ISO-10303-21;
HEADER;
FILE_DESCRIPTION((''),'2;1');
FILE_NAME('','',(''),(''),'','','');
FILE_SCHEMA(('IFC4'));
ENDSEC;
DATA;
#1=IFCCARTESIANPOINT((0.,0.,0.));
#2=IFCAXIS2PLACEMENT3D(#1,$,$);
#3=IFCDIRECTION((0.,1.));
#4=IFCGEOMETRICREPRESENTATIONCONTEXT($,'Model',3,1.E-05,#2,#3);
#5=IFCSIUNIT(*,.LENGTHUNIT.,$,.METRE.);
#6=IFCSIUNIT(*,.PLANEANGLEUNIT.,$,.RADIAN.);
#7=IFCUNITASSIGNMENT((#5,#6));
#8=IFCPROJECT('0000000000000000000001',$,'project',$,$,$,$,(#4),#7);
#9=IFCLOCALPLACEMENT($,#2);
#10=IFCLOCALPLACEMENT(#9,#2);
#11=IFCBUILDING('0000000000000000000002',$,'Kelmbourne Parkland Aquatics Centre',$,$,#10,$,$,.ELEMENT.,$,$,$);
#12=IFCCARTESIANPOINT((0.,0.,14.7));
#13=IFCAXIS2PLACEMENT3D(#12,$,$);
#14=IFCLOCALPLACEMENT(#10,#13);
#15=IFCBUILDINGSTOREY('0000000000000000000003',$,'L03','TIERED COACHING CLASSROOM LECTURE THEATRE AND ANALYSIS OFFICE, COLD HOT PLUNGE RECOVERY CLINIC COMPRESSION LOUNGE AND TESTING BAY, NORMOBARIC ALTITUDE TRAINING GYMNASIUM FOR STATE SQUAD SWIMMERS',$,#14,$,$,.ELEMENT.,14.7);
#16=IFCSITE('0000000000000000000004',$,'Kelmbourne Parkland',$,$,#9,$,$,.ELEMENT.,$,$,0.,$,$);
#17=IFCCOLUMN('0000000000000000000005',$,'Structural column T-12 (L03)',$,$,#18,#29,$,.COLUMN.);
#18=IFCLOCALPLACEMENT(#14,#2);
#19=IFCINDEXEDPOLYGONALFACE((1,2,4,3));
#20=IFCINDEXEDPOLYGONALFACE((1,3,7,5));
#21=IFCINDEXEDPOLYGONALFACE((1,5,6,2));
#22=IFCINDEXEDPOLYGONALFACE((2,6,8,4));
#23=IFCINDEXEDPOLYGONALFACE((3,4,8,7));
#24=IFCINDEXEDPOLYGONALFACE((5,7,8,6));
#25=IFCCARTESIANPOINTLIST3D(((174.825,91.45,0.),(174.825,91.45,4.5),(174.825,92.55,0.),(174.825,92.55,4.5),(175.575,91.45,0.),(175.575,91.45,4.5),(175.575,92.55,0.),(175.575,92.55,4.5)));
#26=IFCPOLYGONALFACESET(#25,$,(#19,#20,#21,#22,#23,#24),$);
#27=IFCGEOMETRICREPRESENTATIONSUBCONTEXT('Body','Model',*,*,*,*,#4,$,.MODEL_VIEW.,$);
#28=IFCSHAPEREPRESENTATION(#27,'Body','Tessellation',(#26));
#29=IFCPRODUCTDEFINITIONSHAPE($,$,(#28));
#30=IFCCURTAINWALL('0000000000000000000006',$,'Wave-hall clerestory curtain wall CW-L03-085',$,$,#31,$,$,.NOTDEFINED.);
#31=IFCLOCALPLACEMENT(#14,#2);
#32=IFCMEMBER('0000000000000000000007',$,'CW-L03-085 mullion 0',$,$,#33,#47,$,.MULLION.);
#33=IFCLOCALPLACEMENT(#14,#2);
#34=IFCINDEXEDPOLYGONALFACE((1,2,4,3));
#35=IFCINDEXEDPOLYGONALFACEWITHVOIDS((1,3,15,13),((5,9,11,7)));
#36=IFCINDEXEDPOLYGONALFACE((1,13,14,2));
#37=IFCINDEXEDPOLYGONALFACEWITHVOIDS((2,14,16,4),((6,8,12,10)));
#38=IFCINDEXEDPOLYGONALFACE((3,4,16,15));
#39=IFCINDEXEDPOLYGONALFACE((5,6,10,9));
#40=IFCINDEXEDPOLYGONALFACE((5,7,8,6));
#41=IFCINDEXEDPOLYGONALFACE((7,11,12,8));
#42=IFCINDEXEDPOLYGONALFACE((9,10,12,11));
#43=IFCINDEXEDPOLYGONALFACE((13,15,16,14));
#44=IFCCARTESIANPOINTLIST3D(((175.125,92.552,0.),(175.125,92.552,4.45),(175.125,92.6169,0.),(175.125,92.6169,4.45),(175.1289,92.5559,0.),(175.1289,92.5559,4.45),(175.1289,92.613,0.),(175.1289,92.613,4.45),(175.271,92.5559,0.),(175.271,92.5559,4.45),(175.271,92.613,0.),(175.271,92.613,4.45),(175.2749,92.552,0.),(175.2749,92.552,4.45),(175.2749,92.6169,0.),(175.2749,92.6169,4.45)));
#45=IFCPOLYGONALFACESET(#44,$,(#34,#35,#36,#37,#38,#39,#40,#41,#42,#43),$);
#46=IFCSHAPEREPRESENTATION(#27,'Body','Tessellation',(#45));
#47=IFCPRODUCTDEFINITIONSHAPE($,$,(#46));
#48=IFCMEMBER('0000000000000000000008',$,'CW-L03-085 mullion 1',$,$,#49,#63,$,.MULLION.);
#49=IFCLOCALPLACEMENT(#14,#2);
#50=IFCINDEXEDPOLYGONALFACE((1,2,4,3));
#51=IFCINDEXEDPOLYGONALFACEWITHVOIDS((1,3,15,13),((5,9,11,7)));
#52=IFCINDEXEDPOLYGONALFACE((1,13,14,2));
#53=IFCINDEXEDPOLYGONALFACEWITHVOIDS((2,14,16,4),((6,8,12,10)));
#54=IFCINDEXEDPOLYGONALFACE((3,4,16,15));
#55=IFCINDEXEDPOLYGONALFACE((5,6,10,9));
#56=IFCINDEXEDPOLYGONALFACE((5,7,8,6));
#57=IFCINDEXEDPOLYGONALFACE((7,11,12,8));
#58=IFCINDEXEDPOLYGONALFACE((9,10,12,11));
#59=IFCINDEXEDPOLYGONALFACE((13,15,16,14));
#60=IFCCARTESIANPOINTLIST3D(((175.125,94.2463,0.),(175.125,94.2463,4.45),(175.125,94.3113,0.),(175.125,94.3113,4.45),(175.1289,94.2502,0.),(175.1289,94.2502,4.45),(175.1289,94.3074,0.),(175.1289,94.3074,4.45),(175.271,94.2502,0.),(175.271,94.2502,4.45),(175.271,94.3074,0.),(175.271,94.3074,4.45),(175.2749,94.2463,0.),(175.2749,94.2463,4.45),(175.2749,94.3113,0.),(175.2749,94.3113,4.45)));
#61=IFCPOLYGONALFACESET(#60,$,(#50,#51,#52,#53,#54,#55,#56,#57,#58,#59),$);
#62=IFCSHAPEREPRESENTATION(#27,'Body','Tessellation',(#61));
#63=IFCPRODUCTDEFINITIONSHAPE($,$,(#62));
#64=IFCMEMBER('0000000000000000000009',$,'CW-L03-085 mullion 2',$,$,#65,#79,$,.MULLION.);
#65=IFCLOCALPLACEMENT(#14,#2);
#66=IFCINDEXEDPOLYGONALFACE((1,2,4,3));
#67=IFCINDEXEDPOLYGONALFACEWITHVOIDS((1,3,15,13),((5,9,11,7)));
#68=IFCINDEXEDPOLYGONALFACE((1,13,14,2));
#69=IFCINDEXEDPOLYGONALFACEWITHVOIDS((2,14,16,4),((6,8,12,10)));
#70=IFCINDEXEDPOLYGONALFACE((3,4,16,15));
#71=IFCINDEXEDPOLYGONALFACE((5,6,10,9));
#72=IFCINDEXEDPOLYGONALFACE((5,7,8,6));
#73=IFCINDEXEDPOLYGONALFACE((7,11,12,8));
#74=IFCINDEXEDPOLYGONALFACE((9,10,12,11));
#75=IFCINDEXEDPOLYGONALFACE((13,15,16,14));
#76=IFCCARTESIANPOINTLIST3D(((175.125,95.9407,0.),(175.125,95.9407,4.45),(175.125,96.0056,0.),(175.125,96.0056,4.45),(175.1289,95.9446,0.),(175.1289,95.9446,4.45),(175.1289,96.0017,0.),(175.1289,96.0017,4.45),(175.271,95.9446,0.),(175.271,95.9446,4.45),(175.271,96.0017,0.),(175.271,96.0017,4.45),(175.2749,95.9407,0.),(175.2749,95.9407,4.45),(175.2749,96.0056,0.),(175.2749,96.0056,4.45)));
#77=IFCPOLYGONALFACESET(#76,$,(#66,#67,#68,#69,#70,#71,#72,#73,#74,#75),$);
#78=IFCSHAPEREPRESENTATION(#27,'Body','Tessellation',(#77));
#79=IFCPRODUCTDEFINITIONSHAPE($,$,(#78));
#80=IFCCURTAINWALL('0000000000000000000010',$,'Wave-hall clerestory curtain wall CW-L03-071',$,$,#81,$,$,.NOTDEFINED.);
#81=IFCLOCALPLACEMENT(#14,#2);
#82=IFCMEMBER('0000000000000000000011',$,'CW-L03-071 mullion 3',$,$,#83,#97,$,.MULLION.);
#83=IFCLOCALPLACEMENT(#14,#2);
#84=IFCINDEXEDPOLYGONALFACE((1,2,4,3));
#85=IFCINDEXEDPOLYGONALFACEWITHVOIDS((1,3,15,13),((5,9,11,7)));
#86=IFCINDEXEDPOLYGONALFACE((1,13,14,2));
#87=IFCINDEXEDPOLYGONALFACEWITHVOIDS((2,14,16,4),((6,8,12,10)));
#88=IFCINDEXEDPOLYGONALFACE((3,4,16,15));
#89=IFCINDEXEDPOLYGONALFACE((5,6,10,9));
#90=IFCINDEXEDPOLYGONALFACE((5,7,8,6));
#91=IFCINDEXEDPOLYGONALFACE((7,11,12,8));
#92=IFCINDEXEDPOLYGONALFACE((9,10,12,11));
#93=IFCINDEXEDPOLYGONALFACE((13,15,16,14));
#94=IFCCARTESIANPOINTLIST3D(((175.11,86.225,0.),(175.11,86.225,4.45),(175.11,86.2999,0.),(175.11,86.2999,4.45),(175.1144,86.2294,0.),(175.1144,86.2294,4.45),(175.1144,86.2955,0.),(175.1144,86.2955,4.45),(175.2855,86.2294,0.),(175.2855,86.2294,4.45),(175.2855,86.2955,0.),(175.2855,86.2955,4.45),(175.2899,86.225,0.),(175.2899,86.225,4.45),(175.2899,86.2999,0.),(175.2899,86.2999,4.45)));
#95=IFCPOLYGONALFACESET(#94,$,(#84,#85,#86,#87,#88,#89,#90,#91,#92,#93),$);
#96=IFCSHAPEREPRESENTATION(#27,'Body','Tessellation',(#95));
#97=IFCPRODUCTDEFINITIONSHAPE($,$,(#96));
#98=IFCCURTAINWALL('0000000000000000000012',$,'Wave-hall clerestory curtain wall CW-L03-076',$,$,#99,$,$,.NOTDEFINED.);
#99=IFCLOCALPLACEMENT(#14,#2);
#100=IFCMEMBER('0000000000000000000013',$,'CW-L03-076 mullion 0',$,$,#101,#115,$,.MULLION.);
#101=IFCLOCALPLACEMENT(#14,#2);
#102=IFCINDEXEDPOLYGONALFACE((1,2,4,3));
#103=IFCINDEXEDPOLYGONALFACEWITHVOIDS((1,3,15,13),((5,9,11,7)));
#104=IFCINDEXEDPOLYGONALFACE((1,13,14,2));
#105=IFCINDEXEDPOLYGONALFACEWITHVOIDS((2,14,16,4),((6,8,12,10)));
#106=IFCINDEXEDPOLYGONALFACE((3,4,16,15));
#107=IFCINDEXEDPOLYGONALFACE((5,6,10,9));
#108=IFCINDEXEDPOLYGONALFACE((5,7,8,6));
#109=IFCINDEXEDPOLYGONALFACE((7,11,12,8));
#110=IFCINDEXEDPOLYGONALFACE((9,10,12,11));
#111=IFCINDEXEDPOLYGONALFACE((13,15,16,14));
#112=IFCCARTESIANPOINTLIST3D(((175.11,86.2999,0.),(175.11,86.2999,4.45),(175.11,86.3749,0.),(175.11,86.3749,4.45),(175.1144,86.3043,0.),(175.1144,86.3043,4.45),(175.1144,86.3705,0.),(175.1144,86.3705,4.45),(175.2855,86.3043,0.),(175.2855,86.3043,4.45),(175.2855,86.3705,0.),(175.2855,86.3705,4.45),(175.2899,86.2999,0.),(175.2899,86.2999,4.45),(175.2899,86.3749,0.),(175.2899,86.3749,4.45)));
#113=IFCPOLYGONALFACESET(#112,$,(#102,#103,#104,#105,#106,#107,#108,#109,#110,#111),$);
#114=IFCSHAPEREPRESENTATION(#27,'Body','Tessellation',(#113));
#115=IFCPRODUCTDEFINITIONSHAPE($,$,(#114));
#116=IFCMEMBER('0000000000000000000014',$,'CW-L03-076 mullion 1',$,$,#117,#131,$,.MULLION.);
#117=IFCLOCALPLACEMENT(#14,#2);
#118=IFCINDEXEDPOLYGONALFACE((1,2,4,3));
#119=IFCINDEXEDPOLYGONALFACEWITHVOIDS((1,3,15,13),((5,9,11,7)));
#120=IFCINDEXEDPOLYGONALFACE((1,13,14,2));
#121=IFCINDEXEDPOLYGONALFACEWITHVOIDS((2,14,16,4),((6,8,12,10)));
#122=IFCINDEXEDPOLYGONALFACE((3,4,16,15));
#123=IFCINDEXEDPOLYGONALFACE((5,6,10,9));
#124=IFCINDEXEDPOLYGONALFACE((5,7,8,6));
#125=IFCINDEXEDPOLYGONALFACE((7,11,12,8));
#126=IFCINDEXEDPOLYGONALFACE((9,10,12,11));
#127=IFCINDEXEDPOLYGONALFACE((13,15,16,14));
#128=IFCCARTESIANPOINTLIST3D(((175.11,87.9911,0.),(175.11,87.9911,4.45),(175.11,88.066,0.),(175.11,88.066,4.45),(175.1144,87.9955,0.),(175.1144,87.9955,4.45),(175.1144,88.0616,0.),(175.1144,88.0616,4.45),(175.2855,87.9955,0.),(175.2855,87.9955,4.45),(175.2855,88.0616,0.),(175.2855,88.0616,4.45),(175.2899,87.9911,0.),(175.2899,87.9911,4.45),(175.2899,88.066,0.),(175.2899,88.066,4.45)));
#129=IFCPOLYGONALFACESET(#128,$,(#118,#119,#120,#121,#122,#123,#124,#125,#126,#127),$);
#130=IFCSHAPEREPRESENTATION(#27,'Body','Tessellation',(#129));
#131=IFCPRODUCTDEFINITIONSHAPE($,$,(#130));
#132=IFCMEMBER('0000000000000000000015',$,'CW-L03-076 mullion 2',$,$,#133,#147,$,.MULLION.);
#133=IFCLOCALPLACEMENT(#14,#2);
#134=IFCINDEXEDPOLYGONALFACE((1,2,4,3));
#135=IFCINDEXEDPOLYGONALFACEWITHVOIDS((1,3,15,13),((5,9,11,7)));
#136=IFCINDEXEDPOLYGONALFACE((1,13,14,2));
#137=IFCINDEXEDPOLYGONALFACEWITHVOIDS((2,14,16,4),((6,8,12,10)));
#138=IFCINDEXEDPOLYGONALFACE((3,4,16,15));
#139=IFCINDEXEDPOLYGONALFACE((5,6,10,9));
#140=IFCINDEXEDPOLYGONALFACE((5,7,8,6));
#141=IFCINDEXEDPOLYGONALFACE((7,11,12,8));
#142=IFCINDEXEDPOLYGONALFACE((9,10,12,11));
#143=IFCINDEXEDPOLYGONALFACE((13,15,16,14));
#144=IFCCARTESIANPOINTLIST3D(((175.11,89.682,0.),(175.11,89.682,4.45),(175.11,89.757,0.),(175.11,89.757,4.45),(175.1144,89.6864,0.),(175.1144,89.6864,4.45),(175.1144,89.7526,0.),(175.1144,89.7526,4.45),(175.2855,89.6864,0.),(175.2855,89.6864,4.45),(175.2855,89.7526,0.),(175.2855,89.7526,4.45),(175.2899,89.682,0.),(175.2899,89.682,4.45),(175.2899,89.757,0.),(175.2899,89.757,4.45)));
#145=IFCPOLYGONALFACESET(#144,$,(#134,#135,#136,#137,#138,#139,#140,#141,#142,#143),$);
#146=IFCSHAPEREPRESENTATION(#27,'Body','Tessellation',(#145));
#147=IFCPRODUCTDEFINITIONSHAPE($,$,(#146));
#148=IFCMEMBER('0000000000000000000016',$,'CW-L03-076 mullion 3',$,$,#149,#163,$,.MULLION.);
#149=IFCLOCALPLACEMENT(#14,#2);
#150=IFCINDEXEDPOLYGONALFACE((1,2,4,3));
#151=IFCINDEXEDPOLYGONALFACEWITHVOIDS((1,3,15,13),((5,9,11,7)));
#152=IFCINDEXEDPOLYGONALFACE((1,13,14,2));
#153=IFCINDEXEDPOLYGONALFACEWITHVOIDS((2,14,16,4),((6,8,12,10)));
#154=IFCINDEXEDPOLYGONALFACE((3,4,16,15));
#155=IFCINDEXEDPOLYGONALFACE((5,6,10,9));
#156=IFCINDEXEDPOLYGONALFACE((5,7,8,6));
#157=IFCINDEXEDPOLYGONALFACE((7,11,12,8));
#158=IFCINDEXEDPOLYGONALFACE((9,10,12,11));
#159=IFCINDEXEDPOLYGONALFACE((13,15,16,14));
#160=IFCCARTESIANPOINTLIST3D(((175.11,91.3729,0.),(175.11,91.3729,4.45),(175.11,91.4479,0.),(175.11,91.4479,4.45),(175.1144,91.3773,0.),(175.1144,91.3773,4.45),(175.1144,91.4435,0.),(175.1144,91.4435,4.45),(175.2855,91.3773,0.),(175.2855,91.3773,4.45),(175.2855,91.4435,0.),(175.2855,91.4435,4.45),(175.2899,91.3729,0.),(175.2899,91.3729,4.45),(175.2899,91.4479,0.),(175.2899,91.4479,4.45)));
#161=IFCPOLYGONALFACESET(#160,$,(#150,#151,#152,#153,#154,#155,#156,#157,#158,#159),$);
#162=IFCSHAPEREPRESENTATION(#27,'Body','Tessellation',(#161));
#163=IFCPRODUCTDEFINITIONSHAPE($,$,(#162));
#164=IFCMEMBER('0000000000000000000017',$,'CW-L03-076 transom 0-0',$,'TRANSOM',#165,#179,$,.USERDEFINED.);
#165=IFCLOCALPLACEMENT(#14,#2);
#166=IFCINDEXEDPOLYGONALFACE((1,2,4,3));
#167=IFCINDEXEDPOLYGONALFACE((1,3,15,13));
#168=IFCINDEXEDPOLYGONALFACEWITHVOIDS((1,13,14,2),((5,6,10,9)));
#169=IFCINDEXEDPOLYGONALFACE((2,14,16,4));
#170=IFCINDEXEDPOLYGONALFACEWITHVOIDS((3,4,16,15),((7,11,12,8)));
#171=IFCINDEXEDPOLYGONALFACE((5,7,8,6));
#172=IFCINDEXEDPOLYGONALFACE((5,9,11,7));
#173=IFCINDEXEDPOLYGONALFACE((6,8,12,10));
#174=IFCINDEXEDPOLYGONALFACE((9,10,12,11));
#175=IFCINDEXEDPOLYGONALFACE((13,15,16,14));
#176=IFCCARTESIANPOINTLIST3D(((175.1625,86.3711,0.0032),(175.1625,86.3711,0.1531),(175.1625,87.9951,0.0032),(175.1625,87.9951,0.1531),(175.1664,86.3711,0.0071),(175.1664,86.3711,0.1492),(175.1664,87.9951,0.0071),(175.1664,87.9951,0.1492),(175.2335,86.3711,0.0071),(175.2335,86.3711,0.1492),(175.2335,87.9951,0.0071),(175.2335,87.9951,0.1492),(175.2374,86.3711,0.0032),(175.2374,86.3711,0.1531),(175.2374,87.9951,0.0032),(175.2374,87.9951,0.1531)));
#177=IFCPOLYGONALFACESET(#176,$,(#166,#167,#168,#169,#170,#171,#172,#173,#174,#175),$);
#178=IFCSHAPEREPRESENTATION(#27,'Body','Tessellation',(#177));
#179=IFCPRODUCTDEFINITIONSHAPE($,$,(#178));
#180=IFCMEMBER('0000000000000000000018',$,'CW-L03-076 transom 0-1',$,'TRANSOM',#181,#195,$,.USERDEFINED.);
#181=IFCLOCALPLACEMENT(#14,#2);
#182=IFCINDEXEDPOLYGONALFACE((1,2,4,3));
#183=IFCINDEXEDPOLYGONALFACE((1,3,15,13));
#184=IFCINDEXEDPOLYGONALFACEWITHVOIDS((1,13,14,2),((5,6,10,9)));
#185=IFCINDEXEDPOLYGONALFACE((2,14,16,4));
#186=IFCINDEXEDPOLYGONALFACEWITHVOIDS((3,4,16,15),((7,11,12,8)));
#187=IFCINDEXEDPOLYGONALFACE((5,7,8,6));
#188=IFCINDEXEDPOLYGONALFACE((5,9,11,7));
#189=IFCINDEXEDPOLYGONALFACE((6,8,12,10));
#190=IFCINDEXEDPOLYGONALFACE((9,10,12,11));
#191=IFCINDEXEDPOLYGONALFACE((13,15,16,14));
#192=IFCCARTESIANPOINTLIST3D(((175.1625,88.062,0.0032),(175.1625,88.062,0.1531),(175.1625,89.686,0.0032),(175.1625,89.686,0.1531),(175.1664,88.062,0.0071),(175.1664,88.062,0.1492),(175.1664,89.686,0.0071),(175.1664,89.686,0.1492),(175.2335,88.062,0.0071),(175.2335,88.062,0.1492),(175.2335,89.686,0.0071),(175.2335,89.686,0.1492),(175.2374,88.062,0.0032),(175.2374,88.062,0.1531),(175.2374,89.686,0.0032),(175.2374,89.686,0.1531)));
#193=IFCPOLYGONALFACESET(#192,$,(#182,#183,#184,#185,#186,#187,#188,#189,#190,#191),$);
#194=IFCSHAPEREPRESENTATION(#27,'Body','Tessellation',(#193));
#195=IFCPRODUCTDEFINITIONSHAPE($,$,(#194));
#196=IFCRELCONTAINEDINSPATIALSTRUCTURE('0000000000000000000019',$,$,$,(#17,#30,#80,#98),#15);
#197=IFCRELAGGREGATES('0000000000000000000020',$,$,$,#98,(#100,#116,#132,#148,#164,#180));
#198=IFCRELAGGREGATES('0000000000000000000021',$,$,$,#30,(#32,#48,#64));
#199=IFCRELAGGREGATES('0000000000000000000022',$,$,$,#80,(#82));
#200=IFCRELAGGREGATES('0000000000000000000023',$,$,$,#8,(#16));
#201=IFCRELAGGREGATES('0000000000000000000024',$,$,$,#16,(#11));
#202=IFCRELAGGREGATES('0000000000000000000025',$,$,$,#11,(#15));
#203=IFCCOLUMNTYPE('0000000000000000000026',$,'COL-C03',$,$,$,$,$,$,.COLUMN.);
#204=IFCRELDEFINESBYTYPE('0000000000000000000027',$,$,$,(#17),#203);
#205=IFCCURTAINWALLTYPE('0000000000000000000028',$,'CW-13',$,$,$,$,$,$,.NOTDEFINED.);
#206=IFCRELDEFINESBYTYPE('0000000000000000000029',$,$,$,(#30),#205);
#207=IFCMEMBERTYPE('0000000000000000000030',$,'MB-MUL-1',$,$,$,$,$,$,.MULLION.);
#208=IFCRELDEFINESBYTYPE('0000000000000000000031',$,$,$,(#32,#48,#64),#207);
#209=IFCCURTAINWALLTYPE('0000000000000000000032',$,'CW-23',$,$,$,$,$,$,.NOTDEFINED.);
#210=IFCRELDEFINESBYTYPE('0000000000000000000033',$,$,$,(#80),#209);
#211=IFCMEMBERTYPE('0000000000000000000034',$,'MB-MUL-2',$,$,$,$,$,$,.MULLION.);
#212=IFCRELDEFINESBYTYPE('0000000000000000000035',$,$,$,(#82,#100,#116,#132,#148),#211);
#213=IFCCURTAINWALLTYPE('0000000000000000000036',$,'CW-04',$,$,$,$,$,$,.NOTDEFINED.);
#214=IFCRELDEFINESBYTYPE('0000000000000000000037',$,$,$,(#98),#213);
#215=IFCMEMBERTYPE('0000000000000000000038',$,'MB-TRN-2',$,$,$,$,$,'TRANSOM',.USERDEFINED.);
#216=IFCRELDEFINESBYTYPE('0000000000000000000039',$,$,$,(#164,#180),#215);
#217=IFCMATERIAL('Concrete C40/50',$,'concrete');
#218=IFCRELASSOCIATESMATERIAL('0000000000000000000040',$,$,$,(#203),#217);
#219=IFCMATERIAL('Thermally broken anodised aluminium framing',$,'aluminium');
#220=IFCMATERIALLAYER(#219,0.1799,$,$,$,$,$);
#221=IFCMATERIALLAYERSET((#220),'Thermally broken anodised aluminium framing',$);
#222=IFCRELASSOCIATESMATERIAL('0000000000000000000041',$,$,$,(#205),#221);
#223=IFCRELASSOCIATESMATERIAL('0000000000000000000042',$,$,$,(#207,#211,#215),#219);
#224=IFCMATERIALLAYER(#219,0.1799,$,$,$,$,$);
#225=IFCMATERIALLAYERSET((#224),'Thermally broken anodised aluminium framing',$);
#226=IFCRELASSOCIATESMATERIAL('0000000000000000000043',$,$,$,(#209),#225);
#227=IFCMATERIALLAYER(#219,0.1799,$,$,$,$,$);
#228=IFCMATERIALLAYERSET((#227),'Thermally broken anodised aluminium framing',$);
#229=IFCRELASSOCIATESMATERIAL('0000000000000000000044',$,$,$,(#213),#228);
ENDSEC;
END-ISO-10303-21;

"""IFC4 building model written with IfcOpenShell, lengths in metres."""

from ifc_helpers import new_model, si_unit, direction, frame, origin, origin_2d, place, context, subcontext, project, spatial, rectangle, hollow_rectangle, extrude, material, layer, layer_set, material_profile, profile_set, type_object, element, aggregate, save


model = new_model("IFC4")

# Units and contexts
model_context = context("Model", 3, precision=1e-05, world=origin(), true_north=direction((0.0, 1.0)))
body_context = subcontext(model_context, "Body", "Model", "MODEL_VIEW")
ifc_project = project(units=[si_unit("LENGTHUNIT", "METRE"), si_unit("PLANEANGLEUNIT", "RADIAN")], contexts=[model_context])

# Site, building, storey
site_placement = place(None, origin())
site = spatial("IfcSite", under=ifc_project, at=site_placement, Name="Kelmbourne Parkland", CompositionType="ELEMENT", RefElevation=0.0)
building_placement = place(site_placement, origin())
building = spatial("IfcBuilding", under=site, at=building_placement, Name="Kelmbourne Parkland Aquatics Centre", CompositionType="ELEMENT")
storey_placement = place(building_placement, frame((0.0, 0.0, 14.7)))
storey = spatial("IfcBuildingStorey", under=building, at=storey_placement, Name="L03", Description="TIERED COACHING CLASSROOM LECTURE THEATRE AND ANALYSIS OFFICE, COLD HOT PLUNGE RECOVERY CLINIC COMPRESSION LOUNGE AND TESTING BAY, NORMOBARIC ALTITUDE TRAINING GYMNASIUM FOR STATE SQUAD SWIMMERS", CompositionType="ELEMENT", Elevation=14.7)

# Column
ifc_material_1 = material(Name="Concrete C40/50", Category="concrete")
ifc_material_profile_1 = material_profile(ifc_material_1, rectangle(XDim=0.75, YDim=1.1001, at=origin_2d()), Name="RC 750x1100")
ifc_profile_set_1 = profile_set([ifc_material_profile_1], Name="Concrete C40/50")
column_type = type_object("IfcColumnType", Name="COL-C03", PredefinedType="COLUMN", material=ifc_profile_set_1)
column_placement = place(storey_placement, frame((175.2, 92.0, 0.0), z_axis=(0.0, 0.0, 1.0), x_axis=(1.0, 0.0, 0.0)))
element("IfcColumn", 1, at=column_placement, inside=storey, type_object=column_type, Name="Structural column T-12 (L03)", PredefinedType="COLUMN", context=body_context, shape_type="SweptSolid", body=[
    extrude(rectangle(XDim=0.75, YDim=1.1001, at=origin_2d()), origin(), (0.0, 0.0, 1.0), 4.5),
])

# Curtain wall, members
ifc_material_2 = material(Name="Thermally broken anodised aluminium framing", Category="aluminium")
ifc_layer_1 = layer(ifc_material_2, 0.1799)
ifc_layer_set_1 = layer_set([ifc_layer_1], Name="Thermally broken anodised aluminium framing")
curtain_wall_type_1 = type_object("IfcCurtainWallType", Name="CW-13", PredefinedType="NOTDEFINED", material=ifc_layer_set_1)
curtain_wall_1_placement = place(storey_placement, origin())
curtain_wall_1 = element("IfcCurtainWall", 2, at=curtain_wall_1_placement, inside=storey, type_object=curtain_wall_type_1, Name="Wave-hall clerestory curtain wall CW-L03-085", PredefinedType="NOTDEFINED")
ifc_material_profile_2 = material_profile(ifc_material_2, hollow_rectangle(XDim=0.0649, YDim=0.1499, WallThickness=0.0039, at=origin_2d()), Name="CW-M 65x150")
ifc_profile_set_2 = profile_set([ifc_material_profile_2], Name="Thermally broken anodised aluminium framing")
member_type_1 = type_object("IfcMemberType", Name="MB-MUL-1", PredefinedType="MULLION", material=ifc_profile_set_2)
member_1_placement = place(storey_placement, frame((175.2, 92.5845, 0.0), z_axis=(0.0, 0.0, 1.0), x_axis=(0.0, 1.0, 0.0)))
member_1 = element("IfcMember", 3, at=member_1_placement, type_object=member_type_1, Name="CW-L03-085 mullion 0", PredefinedType="MULLION", context=body_context, shape_type="SweptSolid", body=[
    extrude(hollow_rectangle(XDim=0.0649, YDim=0.1499, WallThickness=0.0039, at=origin_2d()), origin(), (0.0, 0.0, 1.0), 4.45),
])
member_2_placement = place(storey_placement, frame((175.2, 94.2788, 0.0), z_axis=(0.0, 0.0, 1.0), x_axis=(0.0, 1.0, 0.0)))
member_2 = element("IfcMember", 4, at=member_2_placement, type_object=member_type_1, Name="CW-L03-085 mullion 1", PredefinedType="MULLION", context=body_context, shape_type="SweptSolid", body=[
    extrude(hollow_rectangle(XDim=0.0649, YDim=0.1499, WallThickness=0.0039, at=origin_2d()), origin(), (0.0, 0.0, 1.0), 4.45),
])
member_3_placement = place(storey_placement, frame((175.2, 95.9731, 0.0), z_axis=(0.0, 0.0, 1.0), x_axis=(0.0, 1.0, 0.0)))
member_3 = element("IfcMember", 5, at=member_3_placement, type_object=member_type_1, Name="CW-L03-085 mullion 2", PredefinedType="MULLION", context=body_context, shape_type="SweptSolid", body=[
    extrude(hollow_rectangle(XDim=0.0649, YDim=0.1499, WallThickness=0.0039, at=origin_2d()), origin(), (0.0, 0.0, 1.0), 4.45),
])

# Curtain wall, member
ifc_layer_2 = layer(ifc_material_2, 0.1799)
ifc_layer_set_2 = layer_set([ifc_layer_2], Name="Thermally broken anodised aluminium framing")
curtain_wall_type_2 = type_object("IfcCurtainWallType", Name="CW-23", PredefinedType="NOTDEFINED", material=ifc_layer_set_2)
curtain_wall_2_placement = place(storey_placement, origin())
curtain_wall_2 = element("IfcCurtainWall", 6, at=curtain_wall_2_placement, inside=storey, type_object=curtain_wall_type_2, Name="Wave-hall clerestory curtain wall CW-L03-071", PredefinedType="NOTDEFINED")
ifc_material_profile_3 = material_profile(ifc_material_2, hollow_rectangle(XDim=0.075, YDim=0.1799, WallThickness=0.0044, at=origin_2d()), Name="CW-M 75x180")
ifc_profile_set_3 = profile_set([ifc_material_profile_3], Name="Thermally broken anodised aluminium framing")
member_type_2 = type_object("IfcMemberType", Name="MB-MUL-2", PredefinedType="MULLION", material=ifc_profile_set_3)
member_4_placement = place(storey_placement, frame((175.2, 86.2625, 0.0), z_axis=(0.0, 0.0, 1.0), x_axis=(0.0, 1.0, 0.0)))
member_4 = element("IfcMember", 7, at=member_4_placement, type_object=member_type_2, Name="CW-L03-071 mullion 3", PredefinedType="MULLION", context=body_context, shape_type="SweptSolid", body=[
    extrude(hollow_rectangle(XDim=0.075, YDim=0.1799, WallThickness=0.0044, at=origin_2d()), origin(), (0.0, 0.0, 1.0), 4.45),
])

# Curtain wall, members
ifc_layer_3 = layer(ifc_material_2, 0.1799)
ifc_layer_set_3 = layer_set([ifc_layer_3], Name="Thermally broken anodised aluminium framing")
curtain_wall_type_3 = type_object("IfcCurtainWallType", Name="CW-04", PredefinedType="NOTDEFINED", material=ifc_layer_set_3)
curtain_wall_3_placement = place(storey_placement, origin())
curtain_wall_3 = element("IfcCurtainWall", 8, at=curtain_wall_3_placement, inside=storey, type_object=curtain_wall_type_3, Name="Wave-hall clerestory curtain wall CW-L03-076", PredefinedType="NOTDEFINED")
member_5_placement = place(storey_placement, frame((175.2, 86.3374, 0.0), z_axis=(0.0, 0.0, 1.0), x_axis=(0.0, 1.0, 0.0)))
member_5 = element("IfcMember", 9, at=member_5_placement, type_object=member_type_2, Name="CW-L03-076 mullion 0", PredefinedType="MULLION", context=body_context, shape_type="SweptSolid", body=[
    extrude(hollow_rectangle(XDim=0.075, YDim=0.1799, WallThickness=0.0044, at=origin_2d()), origin(), (0.0, 0.0, 1.0), 4.45),
])
member_6_placement = place(storey_placement, frame((175.2, 88.0286, 0.0), z_axis=(0.0, 0.0, 1.0), x_axis=(0.0, 1.0, 0.0)))
member_6 = element("IfcMember", 10, at=member_6_placement, type_object=member_type_2, Name="CW-L03-076 mullion 1", PredefinedType="MULLION", context=body_context, shape_type="SweptSolid", body=[
    extrude(hollow_rectangle(XDim=0.075, YDim=0.1799, WallThickness=0.0044, at=origin_2d()), origin(), (0.0, 0.0, 1.0), 4.45),
])
member_7_placement = place(storey_placement, frame((175.2, 89.7195, 0.0), z_axis=(0.0, 0.0, 1.0), x_axis=(0.0, 1.0, 0.0)))
member_7 = element("IfcMember", 11, at=member_7_placement, type_object=member_type_2, Name="CW-L03-076 mullion 2", PredefinedType="MULLION", context=body_context, shape_type="SweptSolid", body=[
    extrude(hollow_rectangle(XDim=0.075, YDim=0.1799, WallThickness=0.0044, at=origin_2d()), origin(), (0.0, 0.0, 1.0), 4.45),
])
member_8_placement = place(storey_placement, frame((175.2, 91.4104, 0.0), z_axis=(0.0, 0.0, 1.0), x_axis=(0.0, 1.0, 0.0)))
member_8 = element("IfcMember", 12, at=member_8_placement, type_object=member_type_2, Name="CW-L03-076 mullion 3", PredefinedType="MULLION", context=body_context, shape_type="SweptSolid", body=[
    extrude(hollow_rectangle(XDim=0.075, YDim=0.1799, WallThickness=0.0044, at=origin_2d()), origin(), (0.0, 0.0, 1.0), 4.45),
])
ifc_material_profile_4 = material_profile(ifc_material_2, hollow_rectangle(XDim=0.075, YDim=0.1499, WallThickness=0.0039, at=origin_2d()), Name="CW-T 75x150")
ifc_profile_set_4 = profile_set([ifc_material_profile_4], Name="Thermally broken anodised aluminium framing")
member_type_3 = type_object("IfcMemberType", Name="MB-TRN-2", ElementType="TRANSOM", PredefinedType="USERDEFINED", material=ifc_profile_set_4)
member_9_placement = place(storey_placement, frame((175.2, 86.3711, 0.0781), z_axis=(0.0, 1.0, 0.0), x_axis=(-1.0, 0.0, 0.0)))
member_9 = element("IfcMember", 13, at=member_9_placement, type_object=member_type_3, Name="CW-L03-076 transom 0-0", ObjectType="TRANSOM", PredefinedType="USERDEFINED", context=body_context, shape_type="SweptSolid", body=[
    extrude(hollow_rectangle(XDim=0.075, YDim=0.1499, WallThickness=0.0039, at=origin_2d()), origin(), (0.0, 0.0, 1.0), 1.624),
])
member_10_placement = place(storey_placement, frame((175.2, 88.062, 0.0781), z_axis=(0.0, 1.0, 0.0), x_axis=(-1.0, 0.0, 0.0)))
member_10 = element("IfcMember", 14, at=member_10_placement, type_object=member_type_3, Name="CW-L03-076 transom 0-1", ObjectType="TRANSOM", PredefinedType="USERDEFINED", context=body_context, shape_type="SweptSolid", body=[
    extrude(hollow_rectangle(XDim=0.075, YDim=0.1499, WallThickness=0.0039, at=origin_2d()), origin(), (0.0, 0.0, 1.0), 1.624),
])

aggregate(curtain_wall_3, [member_5, member_6, member_7, member_8, member_9, member_10])
aggregate(curtain_wall_1, [member_1, member_2, member_3])
aggregate(curtain_wall_2, [member_4])

save(model, "model.ifc")
